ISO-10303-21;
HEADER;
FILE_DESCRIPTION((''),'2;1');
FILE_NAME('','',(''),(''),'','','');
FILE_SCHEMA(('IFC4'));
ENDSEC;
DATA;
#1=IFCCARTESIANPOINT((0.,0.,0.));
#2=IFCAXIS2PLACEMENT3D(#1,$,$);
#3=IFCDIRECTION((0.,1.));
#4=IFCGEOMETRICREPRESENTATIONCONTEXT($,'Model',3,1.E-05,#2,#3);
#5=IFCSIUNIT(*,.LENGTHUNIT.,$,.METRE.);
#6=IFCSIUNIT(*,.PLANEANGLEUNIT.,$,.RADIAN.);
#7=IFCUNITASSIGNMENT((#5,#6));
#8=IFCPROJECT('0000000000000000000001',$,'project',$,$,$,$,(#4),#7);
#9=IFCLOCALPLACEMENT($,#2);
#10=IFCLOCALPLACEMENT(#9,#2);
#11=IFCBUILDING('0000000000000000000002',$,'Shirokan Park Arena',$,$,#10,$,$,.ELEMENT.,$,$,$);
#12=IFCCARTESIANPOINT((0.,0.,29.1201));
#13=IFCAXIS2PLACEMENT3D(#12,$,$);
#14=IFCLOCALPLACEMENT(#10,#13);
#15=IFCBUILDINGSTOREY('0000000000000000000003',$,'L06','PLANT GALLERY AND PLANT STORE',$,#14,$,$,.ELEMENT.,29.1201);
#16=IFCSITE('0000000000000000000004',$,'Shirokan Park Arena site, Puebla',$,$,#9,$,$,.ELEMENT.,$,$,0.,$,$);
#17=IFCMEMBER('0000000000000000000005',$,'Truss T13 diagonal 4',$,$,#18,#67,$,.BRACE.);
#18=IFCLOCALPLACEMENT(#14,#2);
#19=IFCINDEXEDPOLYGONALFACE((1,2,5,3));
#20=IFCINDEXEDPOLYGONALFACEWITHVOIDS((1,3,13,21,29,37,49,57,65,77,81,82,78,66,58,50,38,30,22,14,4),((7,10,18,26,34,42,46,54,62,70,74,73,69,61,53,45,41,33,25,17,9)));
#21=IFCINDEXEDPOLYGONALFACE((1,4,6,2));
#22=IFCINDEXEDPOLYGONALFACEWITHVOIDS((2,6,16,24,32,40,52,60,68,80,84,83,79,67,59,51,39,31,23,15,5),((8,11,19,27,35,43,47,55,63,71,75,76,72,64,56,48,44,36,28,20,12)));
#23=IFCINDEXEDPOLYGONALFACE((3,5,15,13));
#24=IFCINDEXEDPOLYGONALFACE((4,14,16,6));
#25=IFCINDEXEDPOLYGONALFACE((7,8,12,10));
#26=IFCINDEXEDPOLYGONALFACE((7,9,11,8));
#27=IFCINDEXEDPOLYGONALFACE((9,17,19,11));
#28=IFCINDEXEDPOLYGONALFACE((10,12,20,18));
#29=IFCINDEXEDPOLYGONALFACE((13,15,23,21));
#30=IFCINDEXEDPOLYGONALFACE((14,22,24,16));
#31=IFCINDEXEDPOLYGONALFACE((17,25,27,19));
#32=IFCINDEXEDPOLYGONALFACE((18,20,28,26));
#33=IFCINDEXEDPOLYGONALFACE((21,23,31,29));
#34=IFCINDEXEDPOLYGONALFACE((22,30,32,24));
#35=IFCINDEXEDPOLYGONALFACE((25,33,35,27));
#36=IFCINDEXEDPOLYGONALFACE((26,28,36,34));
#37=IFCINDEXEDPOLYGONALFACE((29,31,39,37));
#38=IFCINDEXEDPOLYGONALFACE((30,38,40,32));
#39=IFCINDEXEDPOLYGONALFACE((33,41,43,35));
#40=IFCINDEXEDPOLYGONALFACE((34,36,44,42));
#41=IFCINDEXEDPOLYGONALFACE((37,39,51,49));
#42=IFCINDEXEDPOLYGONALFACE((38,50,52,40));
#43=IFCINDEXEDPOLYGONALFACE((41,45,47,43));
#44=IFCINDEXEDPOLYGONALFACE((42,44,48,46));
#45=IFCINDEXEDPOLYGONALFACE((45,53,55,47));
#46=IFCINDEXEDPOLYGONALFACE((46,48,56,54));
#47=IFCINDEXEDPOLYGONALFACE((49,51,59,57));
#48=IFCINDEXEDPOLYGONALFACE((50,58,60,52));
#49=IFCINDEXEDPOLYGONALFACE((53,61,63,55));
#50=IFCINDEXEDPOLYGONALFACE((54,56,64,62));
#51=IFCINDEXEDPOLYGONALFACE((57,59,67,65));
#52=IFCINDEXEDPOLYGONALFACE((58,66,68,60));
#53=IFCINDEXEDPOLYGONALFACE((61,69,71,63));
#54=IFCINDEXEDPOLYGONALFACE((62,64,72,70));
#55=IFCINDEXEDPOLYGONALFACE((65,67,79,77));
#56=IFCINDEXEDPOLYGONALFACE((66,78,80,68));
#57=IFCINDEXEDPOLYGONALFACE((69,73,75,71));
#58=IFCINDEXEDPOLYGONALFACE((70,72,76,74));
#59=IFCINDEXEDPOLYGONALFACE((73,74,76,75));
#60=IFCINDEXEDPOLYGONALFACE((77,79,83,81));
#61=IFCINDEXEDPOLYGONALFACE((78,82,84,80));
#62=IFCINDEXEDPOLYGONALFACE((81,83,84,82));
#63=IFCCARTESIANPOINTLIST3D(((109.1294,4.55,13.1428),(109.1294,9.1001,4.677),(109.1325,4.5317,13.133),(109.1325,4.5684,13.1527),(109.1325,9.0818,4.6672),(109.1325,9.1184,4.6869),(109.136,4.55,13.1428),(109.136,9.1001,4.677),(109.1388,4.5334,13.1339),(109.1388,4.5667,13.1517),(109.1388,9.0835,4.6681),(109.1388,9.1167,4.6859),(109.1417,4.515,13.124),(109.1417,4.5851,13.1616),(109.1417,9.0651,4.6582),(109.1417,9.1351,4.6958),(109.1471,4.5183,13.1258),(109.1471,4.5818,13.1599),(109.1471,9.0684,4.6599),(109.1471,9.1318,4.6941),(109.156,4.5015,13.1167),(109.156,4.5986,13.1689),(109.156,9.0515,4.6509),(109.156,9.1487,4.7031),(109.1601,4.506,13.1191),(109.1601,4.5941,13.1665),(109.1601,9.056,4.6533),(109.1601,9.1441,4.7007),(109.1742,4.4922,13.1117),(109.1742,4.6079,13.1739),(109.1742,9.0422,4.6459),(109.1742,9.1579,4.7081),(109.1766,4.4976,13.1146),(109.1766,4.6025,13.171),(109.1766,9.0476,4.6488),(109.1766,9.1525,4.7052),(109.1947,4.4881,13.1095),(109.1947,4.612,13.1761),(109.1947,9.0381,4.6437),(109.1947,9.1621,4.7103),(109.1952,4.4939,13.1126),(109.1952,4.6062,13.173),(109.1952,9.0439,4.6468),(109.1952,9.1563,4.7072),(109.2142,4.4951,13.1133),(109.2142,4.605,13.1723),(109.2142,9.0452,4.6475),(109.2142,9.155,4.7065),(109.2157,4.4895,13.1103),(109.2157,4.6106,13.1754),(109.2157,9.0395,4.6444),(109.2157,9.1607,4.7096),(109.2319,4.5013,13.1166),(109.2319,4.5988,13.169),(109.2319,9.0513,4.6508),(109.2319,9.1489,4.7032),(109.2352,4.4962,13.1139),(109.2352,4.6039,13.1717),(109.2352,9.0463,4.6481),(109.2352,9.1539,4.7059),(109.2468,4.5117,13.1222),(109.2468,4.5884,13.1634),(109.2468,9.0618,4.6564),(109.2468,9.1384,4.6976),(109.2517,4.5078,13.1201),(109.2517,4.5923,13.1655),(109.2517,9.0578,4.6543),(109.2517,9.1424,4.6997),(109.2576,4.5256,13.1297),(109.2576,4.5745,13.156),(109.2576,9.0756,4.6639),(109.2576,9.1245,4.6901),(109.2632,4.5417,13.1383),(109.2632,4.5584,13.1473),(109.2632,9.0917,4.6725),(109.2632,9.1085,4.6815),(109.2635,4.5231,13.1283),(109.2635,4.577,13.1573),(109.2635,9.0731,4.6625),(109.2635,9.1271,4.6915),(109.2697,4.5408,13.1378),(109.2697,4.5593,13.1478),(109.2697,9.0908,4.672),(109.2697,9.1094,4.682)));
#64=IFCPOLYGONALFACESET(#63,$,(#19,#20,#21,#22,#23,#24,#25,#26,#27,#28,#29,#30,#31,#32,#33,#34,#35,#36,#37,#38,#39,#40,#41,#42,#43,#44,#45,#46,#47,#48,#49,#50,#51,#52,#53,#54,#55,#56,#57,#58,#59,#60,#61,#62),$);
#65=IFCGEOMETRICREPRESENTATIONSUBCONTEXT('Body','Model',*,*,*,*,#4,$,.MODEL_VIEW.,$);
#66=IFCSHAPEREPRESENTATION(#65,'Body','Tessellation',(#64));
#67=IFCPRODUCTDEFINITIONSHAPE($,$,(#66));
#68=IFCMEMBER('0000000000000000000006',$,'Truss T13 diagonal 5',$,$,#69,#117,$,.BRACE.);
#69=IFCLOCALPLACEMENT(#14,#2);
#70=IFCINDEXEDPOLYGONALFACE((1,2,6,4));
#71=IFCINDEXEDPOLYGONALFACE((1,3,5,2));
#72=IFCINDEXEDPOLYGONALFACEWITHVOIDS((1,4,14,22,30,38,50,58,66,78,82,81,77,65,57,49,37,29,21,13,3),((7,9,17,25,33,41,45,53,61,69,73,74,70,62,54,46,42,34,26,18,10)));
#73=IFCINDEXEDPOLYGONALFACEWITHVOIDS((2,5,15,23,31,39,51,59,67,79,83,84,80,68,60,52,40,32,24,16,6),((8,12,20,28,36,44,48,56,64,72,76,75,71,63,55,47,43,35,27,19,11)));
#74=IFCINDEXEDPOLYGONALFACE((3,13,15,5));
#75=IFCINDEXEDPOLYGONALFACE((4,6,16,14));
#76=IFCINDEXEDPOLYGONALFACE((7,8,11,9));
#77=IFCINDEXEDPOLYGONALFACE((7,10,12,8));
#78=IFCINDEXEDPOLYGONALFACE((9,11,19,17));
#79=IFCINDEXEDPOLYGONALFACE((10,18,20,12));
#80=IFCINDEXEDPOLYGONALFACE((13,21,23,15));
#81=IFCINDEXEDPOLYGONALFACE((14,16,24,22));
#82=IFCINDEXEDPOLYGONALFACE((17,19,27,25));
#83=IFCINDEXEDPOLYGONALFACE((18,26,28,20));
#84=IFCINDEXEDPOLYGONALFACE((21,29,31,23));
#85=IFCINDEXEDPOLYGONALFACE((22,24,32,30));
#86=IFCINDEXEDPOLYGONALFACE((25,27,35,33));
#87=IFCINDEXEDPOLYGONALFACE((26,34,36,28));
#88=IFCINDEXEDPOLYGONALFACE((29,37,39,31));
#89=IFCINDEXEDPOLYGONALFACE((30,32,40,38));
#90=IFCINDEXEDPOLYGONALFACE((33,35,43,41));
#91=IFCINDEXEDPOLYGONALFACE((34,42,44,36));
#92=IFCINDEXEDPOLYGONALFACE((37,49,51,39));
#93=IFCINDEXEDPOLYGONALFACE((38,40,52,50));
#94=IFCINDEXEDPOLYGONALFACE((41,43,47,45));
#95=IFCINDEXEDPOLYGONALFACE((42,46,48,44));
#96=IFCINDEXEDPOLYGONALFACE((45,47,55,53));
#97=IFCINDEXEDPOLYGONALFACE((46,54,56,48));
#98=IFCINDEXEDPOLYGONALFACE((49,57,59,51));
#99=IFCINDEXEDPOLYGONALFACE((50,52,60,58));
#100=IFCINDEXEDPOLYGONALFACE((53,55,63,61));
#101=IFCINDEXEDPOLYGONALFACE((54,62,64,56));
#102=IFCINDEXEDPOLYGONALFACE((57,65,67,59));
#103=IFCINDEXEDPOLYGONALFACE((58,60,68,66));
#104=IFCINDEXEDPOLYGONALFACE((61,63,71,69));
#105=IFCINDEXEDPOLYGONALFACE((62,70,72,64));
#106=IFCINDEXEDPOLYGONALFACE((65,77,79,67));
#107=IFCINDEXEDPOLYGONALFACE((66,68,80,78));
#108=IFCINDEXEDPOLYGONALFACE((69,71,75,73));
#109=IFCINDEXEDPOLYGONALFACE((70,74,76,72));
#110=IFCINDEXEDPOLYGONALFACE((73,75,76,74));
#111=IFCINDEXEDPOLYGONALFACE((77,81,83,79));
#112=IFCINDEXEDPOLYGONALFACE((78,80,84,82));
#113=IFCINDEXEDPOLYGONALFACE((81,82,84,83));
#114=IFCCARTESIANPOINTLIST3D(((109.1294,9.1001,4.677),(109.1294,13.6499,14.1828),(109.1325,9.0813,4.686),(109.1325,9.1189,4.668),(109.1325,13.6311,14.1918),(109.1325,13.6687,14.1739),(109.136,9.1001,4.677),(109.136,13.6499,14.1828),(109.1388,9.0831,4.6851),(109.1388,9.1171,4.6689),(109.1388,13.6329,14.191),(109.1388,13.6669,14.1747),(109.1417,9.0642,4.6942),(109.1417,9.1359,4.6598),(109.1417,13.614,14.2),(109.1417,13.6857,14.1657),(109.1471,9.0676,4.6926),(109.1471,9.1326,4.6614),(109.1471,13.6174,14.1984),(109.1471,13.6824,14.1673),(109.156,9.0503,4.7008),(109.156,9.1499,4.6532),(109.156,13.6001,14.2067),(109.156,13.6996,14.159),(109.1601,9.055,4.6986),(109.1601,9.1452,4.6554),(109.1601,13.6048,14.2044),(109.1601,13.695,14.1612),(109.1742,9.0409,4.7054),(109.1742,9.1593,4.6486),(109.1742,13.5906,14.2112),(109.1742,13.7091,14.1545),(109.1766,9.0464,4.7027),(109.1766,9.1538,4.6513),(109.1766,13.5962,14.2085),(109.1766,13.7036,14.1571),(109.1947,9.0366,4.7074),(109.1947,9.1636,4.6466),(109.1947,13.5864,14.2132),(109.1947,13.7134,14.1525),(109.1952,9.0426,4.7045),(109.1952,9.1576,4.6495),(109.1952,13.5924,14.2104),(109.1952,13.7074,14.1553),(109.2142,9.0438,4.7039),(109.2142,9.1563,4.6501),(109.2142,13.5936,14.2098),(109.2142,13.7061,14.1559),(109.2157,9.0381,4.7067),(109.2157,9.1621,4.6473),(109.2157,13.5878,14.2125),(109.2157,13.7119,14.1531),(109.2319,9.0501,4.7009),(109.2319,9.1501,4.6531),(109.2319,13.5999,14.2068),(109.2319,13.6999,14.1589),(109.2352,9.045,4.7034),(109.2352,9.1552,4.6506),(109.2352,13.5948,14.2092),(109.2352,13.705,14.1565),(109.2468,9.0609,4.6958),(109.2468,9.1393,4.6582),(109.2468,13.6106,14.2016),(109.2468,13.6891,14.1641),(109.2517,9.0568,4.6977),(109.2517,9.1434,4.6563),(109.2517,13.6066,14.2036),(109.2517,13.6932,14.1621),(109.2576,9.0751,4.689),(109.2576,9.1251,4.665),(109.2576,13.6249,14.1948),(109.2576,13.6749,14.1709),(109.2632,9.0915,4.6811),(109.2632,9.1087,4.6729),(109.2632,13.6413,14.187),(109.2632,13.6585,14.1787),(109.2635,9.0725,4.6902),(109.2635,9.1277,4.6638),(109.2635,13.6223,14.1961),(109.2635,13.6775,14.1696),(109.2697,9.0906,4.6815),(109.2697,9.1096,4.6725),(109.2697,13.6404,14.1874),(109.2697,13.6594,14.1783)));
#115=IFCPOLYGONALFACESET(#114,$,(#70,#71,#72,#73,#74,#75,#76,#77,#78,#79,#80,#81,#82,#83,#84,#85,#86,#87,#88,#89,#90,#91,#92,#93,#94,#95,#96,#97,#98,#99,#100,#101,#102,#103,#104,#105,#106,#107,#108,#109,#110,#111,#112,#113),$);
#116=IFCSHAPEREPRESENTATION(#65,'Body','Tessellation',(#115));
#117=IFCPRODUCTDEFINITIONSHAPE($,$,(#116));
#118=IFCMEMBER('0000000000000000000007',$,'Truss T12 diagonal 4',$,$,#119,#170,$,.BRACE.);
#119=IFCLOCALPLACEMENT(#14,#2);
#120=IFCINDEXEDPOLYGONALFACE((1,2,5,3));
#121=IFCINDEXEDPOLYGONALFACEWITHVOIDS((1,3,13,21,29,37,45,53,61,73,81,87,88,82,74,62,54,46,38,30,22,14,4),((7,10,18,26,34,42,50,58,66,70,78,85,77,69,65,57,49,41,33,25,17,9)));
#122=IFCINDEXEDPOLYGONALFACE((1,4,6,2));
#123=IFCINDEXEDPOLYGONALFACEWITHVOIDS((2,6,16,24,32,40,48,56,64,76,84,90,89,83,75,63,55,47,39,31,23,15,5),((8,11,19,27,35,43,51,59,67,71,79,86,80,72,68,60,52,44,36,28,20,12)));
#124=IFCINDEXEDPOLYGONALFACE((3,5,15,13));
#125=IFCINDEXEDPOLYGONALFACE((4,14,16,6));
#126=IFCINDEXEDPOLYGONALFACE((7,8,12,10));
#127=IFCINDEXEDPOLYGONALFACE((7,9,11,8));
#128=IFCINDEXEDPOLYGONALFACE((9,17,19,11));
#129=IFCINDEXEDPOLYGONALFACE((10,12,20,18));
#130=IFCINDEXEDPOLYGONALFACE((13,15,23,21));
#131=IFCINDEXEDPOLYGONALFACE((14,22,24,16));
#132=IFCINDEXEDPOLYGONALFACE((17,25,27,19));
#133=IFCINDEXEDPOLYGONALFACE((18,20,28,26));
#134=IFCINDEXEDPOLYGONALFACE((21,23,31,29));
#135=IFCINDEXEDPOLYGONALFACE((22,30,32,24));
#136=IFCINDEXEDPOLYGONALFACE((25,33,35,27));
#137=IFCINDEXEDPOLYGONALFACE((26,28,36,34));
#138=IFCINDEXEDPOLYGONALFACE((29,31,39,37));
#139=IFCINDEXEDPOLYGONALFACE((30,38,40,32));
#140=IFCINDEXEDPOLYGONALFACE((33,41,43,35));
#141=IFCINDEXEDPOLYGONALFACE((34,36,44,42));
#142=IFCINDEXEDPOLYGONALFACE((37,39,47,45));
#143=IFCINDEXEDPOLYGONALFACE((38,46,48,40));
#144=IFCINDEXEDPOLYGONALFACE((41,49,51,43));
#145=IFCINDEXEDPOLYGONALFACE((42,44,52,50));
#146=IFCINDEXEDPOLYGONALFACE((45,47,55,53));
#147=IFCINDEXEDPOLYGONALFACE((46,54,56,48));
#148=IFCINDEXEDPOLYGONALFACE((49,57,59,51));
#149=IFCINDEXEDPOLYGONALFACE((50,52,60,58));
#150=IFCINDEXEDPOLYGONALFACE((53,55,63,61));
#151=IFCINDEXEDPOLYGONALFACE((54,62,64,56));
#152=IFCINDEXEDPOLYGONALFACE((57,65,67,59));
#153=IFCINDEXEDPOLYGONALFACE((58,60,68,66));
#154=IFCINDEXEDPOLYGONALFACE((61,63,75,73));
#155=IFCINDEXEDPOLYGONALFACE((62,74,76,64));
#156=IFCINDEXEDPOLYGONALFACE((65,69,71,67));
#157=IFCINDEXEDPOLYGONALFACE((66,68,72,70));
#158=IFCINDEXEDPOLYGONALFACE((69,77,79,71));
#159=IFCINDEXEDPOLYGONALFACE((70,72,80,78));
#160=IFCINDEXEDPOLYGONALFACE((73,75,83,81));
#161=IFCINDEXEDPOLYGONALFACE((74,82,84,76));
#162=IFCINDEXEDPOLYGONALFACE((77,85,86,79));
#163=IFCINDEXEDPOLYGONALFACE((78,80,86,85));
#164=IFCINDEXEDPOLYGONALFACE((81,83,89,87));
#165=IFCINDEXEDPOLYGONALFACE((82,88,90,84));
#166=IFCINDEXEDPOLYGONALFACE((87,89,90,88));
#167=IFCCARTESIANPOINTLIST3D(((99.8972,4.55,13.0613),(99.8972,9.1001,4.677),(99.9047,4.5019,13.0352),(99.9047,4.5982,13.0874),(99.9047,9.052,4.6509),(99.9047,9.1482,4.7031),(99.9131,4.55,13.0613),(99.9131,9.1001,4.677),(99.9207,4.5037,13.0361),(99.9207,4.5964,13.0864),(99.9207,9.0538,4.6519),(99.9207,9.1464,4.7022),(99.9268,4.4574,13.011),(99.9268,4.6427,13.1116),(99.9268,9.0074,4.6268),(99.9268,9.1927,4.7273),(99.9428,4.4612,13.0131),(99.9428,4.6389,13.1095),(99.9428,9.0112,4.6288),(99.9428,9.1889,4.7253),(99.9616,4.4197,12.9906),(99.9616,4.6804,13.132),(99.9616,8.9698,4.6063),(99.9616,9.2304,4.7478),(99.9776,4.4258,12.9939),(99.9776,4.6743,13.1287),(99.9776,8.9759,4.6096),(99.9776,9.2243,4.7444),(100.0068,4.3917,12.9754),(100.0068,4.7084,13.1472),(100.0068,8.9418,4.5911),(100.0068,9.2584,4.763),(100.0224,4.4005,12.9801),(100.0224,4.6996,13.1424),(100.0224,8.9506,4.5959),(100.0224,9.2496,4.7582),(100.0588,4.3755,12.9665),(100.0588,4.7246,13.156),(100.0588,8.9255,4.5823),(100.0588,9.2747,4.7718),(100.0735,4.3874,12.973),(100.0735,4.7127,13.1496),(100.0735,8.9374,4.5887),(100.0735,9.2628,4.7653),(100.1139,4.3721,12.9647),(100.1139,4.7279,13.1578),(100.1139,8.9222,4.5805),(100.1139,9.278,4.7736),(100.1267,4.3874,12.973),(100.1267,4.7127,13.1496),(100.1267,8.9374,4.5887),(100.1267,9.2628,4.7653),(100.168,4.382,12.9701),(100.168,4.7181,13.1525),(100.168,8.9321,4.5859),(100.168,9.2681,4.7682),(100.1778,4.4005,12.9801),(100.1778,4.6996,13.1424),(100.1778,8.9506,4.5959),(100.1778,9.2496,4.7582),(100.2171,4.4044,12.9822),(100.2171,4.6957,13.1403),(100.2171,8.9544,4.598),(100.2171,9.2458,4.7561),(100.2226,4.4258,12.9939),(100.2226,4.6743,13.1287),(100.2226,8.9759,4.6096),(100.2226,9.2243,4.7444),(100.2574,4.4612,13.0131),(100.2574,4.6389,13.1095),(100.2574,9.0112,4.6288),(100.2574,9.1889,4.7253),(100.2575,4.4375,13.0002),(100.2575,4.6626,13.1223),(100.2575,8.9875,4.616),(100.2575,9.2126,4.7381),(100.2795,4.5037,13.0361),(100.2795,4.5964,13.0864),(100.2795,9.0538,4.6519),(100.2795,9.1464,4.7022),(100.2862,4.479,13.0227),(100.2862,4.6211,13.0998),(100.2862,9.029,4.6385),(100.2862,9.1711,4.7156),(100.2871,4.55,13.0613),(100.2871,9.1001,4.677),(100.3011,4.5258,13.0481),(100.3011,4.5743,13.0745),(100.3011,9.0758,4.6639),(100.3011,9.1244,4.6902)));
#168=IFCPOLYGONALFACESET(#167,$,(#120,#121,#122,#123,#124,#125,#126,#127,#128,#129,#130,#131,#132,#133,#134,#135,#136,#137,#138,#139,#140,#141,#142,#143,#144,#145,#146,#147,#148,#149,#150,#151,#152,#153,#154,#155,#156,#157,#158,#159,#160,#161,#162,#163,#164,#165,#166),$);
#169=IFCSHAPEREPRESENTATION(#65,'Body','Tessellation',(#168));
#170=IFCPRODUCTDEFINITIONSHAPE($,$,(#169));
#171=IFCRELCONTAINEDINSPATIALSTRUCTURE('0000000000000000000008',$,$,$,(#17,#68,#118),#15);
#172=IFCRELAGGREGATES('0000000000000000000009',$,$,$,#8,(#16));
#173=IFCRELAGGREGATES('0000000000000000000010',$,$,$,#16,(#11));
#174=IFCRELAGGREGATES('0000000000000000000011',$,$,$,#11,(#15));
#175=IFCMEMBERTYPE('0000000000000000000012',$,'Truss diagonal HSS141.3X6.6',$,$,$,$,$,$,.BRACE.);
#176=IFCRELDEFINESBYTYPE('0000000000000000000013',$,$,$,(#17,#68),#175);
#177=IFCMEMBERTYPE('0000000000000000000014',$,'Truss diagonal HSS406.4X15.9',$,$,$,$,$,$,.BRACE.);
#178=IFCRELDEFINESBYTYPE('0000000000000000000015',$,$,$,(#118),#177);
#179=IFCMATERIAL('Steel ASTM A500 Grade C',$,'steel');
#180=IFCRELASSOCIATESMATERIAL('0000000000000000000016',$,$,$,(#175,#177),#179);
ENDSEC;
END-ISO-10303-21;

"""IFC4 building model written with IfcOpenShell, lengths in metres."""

from ifc_helpers import new_model, si_unit, direction, frame, origin, origin_2d, place, context, subcontext, project, spatial, hollow_circle, extrude, material, material_profile, profile_set, type_object, element, save


model = new_model("IFC4")

# Units and contexts
model_context = context("Model", 3, precision=1e-05, world=origin(), true_north=direction((0.0, 1.0)))
body_context = subcontext(model_context, "Body", "Model", "MODEL_VIEW")
ifc_project = project(units=[si_unit("LENGTHUNIT", "METRE"), si_unit("PLANEANGLEUNIT", "RADIAN")], contexts=[model_context])

# Site, building, storey
site_placement = place(None, origin())
site = spatial("IfcSite", under=ifc_project, at=site_placement, Name="Shirokan Park Arena site, Puebla", CompositionType="ELEMENT", RefElevation=0.0)
building_placement = place(site_placement, origin())
building = spatial("IfcBuilding", under=site, at=building_placement, Name="Shirokan Park Arena", CompositionType="ELEMENT")
storey_placement = place(building_placement, frame((0.0, 0.0, 29.1201)))
storey = spatial("IfcBuildingStorey", under=building, at=storey_placement, Name="L06", Description="PLANT GALLERY AND PLANT STORE", CompositionType="ELEMENT", Elevation=29.1201)

# Shared definitions
ifc_material_1 = material(Name="Steel ASTM A500 Grade C", Category="steel")

# Members
ifc_material_profile_1 = material_profile(ifc_material_1, hollow_circle(Radius=0.0706, WallThickness=0.0066, at=origin_2d()), Name="HSS141.3X6.6")
ifc_profile_set_1 = profile_set([ifc_material_profile_1], Name="Steel ASTM A500 Grade C")
member_type_1 = type_object("IfcMemberType", Name="Truss diagonal HSS141.3X6.6", PredefinedType="BRACE", material=ifc_profile_set_1)
member_1_placement = place(storey_placement, frame((109.2, 4.55, 13.1428), z_axis=(0.0, 0.473417, -0.880839), x_axis=(-1.0, 0.0, 0.0)))
element("IfcMember", 1, at=member_1_placement, inside=storey, type_object=member_type_1, Name="Truss T13 diagonal 4", PredefinedType="BRACE", context=body_context, shape_type="SweptSolid", body=[
    extrude(hollow_circle(Radius=0.0706, WallThickness=0.0066, at=origin_2d()), origin(), (0.0, 0.0, 1.0), 9.6111),
])
member_2_placement = place(storey_placement, frame((109.2, 9.1001, 4.677), z_axis=(0.0, 0.431728, 0.902004), x_axis=(-1.0, 0.0, 0.0)))
element("IfcMember", 2, at=member_2_placement, inside=storey, type_object=member_type_1, Name="Truss T13 diagonal 5", PredefinedType="BRACE", context=body_context, shape_type="SweptSolid", body=[
    extrude(hollow_circle(Radius=0.0706, WallThickness=0.0066, at=origin_2d()), origin(), (0.0, 0.0, 1.0), 10.5386),
])
ifc_material_profile_2 = material_profile(ifc_material_1, hollow_circle(Radius=0.2029, WallThickness=0.0159, at=origin_2d()), Name="HSS406.4X15.9")
ifc_profile_set_2 = profile_set([ifc_material_profile_2], Name="Steel ASTM A500 Grade C")
member_type_2 = type_object("IfcMemberType", Name="Truss diagonal HSS406.4X15.9", PredefinedType="BRACE", material=ifc_profile_set_2)
member_3_placement = place(storey_placement, frame((100.1001, 4.55, 13.0613), z_axis=(0.0, 0.476977, -0.878916), x_axis=(-1.0, 0.0, 0.0)))
element("IfcMember", 3, at=member_3_placement, inside=storey, type_object=member_type_2, Name="Truss T12 diagonal 4", PredefinedType="BRACE", context=body_context, shape_type="SweptSolid", body=[
    extrude(hollow_circle(Radius=0.2029, WallThickness=0.0159, at=origin_2d()), origin(), (0.0, 0.0, 1.0), 9.5393),
])

save(model, "model.ifc")
